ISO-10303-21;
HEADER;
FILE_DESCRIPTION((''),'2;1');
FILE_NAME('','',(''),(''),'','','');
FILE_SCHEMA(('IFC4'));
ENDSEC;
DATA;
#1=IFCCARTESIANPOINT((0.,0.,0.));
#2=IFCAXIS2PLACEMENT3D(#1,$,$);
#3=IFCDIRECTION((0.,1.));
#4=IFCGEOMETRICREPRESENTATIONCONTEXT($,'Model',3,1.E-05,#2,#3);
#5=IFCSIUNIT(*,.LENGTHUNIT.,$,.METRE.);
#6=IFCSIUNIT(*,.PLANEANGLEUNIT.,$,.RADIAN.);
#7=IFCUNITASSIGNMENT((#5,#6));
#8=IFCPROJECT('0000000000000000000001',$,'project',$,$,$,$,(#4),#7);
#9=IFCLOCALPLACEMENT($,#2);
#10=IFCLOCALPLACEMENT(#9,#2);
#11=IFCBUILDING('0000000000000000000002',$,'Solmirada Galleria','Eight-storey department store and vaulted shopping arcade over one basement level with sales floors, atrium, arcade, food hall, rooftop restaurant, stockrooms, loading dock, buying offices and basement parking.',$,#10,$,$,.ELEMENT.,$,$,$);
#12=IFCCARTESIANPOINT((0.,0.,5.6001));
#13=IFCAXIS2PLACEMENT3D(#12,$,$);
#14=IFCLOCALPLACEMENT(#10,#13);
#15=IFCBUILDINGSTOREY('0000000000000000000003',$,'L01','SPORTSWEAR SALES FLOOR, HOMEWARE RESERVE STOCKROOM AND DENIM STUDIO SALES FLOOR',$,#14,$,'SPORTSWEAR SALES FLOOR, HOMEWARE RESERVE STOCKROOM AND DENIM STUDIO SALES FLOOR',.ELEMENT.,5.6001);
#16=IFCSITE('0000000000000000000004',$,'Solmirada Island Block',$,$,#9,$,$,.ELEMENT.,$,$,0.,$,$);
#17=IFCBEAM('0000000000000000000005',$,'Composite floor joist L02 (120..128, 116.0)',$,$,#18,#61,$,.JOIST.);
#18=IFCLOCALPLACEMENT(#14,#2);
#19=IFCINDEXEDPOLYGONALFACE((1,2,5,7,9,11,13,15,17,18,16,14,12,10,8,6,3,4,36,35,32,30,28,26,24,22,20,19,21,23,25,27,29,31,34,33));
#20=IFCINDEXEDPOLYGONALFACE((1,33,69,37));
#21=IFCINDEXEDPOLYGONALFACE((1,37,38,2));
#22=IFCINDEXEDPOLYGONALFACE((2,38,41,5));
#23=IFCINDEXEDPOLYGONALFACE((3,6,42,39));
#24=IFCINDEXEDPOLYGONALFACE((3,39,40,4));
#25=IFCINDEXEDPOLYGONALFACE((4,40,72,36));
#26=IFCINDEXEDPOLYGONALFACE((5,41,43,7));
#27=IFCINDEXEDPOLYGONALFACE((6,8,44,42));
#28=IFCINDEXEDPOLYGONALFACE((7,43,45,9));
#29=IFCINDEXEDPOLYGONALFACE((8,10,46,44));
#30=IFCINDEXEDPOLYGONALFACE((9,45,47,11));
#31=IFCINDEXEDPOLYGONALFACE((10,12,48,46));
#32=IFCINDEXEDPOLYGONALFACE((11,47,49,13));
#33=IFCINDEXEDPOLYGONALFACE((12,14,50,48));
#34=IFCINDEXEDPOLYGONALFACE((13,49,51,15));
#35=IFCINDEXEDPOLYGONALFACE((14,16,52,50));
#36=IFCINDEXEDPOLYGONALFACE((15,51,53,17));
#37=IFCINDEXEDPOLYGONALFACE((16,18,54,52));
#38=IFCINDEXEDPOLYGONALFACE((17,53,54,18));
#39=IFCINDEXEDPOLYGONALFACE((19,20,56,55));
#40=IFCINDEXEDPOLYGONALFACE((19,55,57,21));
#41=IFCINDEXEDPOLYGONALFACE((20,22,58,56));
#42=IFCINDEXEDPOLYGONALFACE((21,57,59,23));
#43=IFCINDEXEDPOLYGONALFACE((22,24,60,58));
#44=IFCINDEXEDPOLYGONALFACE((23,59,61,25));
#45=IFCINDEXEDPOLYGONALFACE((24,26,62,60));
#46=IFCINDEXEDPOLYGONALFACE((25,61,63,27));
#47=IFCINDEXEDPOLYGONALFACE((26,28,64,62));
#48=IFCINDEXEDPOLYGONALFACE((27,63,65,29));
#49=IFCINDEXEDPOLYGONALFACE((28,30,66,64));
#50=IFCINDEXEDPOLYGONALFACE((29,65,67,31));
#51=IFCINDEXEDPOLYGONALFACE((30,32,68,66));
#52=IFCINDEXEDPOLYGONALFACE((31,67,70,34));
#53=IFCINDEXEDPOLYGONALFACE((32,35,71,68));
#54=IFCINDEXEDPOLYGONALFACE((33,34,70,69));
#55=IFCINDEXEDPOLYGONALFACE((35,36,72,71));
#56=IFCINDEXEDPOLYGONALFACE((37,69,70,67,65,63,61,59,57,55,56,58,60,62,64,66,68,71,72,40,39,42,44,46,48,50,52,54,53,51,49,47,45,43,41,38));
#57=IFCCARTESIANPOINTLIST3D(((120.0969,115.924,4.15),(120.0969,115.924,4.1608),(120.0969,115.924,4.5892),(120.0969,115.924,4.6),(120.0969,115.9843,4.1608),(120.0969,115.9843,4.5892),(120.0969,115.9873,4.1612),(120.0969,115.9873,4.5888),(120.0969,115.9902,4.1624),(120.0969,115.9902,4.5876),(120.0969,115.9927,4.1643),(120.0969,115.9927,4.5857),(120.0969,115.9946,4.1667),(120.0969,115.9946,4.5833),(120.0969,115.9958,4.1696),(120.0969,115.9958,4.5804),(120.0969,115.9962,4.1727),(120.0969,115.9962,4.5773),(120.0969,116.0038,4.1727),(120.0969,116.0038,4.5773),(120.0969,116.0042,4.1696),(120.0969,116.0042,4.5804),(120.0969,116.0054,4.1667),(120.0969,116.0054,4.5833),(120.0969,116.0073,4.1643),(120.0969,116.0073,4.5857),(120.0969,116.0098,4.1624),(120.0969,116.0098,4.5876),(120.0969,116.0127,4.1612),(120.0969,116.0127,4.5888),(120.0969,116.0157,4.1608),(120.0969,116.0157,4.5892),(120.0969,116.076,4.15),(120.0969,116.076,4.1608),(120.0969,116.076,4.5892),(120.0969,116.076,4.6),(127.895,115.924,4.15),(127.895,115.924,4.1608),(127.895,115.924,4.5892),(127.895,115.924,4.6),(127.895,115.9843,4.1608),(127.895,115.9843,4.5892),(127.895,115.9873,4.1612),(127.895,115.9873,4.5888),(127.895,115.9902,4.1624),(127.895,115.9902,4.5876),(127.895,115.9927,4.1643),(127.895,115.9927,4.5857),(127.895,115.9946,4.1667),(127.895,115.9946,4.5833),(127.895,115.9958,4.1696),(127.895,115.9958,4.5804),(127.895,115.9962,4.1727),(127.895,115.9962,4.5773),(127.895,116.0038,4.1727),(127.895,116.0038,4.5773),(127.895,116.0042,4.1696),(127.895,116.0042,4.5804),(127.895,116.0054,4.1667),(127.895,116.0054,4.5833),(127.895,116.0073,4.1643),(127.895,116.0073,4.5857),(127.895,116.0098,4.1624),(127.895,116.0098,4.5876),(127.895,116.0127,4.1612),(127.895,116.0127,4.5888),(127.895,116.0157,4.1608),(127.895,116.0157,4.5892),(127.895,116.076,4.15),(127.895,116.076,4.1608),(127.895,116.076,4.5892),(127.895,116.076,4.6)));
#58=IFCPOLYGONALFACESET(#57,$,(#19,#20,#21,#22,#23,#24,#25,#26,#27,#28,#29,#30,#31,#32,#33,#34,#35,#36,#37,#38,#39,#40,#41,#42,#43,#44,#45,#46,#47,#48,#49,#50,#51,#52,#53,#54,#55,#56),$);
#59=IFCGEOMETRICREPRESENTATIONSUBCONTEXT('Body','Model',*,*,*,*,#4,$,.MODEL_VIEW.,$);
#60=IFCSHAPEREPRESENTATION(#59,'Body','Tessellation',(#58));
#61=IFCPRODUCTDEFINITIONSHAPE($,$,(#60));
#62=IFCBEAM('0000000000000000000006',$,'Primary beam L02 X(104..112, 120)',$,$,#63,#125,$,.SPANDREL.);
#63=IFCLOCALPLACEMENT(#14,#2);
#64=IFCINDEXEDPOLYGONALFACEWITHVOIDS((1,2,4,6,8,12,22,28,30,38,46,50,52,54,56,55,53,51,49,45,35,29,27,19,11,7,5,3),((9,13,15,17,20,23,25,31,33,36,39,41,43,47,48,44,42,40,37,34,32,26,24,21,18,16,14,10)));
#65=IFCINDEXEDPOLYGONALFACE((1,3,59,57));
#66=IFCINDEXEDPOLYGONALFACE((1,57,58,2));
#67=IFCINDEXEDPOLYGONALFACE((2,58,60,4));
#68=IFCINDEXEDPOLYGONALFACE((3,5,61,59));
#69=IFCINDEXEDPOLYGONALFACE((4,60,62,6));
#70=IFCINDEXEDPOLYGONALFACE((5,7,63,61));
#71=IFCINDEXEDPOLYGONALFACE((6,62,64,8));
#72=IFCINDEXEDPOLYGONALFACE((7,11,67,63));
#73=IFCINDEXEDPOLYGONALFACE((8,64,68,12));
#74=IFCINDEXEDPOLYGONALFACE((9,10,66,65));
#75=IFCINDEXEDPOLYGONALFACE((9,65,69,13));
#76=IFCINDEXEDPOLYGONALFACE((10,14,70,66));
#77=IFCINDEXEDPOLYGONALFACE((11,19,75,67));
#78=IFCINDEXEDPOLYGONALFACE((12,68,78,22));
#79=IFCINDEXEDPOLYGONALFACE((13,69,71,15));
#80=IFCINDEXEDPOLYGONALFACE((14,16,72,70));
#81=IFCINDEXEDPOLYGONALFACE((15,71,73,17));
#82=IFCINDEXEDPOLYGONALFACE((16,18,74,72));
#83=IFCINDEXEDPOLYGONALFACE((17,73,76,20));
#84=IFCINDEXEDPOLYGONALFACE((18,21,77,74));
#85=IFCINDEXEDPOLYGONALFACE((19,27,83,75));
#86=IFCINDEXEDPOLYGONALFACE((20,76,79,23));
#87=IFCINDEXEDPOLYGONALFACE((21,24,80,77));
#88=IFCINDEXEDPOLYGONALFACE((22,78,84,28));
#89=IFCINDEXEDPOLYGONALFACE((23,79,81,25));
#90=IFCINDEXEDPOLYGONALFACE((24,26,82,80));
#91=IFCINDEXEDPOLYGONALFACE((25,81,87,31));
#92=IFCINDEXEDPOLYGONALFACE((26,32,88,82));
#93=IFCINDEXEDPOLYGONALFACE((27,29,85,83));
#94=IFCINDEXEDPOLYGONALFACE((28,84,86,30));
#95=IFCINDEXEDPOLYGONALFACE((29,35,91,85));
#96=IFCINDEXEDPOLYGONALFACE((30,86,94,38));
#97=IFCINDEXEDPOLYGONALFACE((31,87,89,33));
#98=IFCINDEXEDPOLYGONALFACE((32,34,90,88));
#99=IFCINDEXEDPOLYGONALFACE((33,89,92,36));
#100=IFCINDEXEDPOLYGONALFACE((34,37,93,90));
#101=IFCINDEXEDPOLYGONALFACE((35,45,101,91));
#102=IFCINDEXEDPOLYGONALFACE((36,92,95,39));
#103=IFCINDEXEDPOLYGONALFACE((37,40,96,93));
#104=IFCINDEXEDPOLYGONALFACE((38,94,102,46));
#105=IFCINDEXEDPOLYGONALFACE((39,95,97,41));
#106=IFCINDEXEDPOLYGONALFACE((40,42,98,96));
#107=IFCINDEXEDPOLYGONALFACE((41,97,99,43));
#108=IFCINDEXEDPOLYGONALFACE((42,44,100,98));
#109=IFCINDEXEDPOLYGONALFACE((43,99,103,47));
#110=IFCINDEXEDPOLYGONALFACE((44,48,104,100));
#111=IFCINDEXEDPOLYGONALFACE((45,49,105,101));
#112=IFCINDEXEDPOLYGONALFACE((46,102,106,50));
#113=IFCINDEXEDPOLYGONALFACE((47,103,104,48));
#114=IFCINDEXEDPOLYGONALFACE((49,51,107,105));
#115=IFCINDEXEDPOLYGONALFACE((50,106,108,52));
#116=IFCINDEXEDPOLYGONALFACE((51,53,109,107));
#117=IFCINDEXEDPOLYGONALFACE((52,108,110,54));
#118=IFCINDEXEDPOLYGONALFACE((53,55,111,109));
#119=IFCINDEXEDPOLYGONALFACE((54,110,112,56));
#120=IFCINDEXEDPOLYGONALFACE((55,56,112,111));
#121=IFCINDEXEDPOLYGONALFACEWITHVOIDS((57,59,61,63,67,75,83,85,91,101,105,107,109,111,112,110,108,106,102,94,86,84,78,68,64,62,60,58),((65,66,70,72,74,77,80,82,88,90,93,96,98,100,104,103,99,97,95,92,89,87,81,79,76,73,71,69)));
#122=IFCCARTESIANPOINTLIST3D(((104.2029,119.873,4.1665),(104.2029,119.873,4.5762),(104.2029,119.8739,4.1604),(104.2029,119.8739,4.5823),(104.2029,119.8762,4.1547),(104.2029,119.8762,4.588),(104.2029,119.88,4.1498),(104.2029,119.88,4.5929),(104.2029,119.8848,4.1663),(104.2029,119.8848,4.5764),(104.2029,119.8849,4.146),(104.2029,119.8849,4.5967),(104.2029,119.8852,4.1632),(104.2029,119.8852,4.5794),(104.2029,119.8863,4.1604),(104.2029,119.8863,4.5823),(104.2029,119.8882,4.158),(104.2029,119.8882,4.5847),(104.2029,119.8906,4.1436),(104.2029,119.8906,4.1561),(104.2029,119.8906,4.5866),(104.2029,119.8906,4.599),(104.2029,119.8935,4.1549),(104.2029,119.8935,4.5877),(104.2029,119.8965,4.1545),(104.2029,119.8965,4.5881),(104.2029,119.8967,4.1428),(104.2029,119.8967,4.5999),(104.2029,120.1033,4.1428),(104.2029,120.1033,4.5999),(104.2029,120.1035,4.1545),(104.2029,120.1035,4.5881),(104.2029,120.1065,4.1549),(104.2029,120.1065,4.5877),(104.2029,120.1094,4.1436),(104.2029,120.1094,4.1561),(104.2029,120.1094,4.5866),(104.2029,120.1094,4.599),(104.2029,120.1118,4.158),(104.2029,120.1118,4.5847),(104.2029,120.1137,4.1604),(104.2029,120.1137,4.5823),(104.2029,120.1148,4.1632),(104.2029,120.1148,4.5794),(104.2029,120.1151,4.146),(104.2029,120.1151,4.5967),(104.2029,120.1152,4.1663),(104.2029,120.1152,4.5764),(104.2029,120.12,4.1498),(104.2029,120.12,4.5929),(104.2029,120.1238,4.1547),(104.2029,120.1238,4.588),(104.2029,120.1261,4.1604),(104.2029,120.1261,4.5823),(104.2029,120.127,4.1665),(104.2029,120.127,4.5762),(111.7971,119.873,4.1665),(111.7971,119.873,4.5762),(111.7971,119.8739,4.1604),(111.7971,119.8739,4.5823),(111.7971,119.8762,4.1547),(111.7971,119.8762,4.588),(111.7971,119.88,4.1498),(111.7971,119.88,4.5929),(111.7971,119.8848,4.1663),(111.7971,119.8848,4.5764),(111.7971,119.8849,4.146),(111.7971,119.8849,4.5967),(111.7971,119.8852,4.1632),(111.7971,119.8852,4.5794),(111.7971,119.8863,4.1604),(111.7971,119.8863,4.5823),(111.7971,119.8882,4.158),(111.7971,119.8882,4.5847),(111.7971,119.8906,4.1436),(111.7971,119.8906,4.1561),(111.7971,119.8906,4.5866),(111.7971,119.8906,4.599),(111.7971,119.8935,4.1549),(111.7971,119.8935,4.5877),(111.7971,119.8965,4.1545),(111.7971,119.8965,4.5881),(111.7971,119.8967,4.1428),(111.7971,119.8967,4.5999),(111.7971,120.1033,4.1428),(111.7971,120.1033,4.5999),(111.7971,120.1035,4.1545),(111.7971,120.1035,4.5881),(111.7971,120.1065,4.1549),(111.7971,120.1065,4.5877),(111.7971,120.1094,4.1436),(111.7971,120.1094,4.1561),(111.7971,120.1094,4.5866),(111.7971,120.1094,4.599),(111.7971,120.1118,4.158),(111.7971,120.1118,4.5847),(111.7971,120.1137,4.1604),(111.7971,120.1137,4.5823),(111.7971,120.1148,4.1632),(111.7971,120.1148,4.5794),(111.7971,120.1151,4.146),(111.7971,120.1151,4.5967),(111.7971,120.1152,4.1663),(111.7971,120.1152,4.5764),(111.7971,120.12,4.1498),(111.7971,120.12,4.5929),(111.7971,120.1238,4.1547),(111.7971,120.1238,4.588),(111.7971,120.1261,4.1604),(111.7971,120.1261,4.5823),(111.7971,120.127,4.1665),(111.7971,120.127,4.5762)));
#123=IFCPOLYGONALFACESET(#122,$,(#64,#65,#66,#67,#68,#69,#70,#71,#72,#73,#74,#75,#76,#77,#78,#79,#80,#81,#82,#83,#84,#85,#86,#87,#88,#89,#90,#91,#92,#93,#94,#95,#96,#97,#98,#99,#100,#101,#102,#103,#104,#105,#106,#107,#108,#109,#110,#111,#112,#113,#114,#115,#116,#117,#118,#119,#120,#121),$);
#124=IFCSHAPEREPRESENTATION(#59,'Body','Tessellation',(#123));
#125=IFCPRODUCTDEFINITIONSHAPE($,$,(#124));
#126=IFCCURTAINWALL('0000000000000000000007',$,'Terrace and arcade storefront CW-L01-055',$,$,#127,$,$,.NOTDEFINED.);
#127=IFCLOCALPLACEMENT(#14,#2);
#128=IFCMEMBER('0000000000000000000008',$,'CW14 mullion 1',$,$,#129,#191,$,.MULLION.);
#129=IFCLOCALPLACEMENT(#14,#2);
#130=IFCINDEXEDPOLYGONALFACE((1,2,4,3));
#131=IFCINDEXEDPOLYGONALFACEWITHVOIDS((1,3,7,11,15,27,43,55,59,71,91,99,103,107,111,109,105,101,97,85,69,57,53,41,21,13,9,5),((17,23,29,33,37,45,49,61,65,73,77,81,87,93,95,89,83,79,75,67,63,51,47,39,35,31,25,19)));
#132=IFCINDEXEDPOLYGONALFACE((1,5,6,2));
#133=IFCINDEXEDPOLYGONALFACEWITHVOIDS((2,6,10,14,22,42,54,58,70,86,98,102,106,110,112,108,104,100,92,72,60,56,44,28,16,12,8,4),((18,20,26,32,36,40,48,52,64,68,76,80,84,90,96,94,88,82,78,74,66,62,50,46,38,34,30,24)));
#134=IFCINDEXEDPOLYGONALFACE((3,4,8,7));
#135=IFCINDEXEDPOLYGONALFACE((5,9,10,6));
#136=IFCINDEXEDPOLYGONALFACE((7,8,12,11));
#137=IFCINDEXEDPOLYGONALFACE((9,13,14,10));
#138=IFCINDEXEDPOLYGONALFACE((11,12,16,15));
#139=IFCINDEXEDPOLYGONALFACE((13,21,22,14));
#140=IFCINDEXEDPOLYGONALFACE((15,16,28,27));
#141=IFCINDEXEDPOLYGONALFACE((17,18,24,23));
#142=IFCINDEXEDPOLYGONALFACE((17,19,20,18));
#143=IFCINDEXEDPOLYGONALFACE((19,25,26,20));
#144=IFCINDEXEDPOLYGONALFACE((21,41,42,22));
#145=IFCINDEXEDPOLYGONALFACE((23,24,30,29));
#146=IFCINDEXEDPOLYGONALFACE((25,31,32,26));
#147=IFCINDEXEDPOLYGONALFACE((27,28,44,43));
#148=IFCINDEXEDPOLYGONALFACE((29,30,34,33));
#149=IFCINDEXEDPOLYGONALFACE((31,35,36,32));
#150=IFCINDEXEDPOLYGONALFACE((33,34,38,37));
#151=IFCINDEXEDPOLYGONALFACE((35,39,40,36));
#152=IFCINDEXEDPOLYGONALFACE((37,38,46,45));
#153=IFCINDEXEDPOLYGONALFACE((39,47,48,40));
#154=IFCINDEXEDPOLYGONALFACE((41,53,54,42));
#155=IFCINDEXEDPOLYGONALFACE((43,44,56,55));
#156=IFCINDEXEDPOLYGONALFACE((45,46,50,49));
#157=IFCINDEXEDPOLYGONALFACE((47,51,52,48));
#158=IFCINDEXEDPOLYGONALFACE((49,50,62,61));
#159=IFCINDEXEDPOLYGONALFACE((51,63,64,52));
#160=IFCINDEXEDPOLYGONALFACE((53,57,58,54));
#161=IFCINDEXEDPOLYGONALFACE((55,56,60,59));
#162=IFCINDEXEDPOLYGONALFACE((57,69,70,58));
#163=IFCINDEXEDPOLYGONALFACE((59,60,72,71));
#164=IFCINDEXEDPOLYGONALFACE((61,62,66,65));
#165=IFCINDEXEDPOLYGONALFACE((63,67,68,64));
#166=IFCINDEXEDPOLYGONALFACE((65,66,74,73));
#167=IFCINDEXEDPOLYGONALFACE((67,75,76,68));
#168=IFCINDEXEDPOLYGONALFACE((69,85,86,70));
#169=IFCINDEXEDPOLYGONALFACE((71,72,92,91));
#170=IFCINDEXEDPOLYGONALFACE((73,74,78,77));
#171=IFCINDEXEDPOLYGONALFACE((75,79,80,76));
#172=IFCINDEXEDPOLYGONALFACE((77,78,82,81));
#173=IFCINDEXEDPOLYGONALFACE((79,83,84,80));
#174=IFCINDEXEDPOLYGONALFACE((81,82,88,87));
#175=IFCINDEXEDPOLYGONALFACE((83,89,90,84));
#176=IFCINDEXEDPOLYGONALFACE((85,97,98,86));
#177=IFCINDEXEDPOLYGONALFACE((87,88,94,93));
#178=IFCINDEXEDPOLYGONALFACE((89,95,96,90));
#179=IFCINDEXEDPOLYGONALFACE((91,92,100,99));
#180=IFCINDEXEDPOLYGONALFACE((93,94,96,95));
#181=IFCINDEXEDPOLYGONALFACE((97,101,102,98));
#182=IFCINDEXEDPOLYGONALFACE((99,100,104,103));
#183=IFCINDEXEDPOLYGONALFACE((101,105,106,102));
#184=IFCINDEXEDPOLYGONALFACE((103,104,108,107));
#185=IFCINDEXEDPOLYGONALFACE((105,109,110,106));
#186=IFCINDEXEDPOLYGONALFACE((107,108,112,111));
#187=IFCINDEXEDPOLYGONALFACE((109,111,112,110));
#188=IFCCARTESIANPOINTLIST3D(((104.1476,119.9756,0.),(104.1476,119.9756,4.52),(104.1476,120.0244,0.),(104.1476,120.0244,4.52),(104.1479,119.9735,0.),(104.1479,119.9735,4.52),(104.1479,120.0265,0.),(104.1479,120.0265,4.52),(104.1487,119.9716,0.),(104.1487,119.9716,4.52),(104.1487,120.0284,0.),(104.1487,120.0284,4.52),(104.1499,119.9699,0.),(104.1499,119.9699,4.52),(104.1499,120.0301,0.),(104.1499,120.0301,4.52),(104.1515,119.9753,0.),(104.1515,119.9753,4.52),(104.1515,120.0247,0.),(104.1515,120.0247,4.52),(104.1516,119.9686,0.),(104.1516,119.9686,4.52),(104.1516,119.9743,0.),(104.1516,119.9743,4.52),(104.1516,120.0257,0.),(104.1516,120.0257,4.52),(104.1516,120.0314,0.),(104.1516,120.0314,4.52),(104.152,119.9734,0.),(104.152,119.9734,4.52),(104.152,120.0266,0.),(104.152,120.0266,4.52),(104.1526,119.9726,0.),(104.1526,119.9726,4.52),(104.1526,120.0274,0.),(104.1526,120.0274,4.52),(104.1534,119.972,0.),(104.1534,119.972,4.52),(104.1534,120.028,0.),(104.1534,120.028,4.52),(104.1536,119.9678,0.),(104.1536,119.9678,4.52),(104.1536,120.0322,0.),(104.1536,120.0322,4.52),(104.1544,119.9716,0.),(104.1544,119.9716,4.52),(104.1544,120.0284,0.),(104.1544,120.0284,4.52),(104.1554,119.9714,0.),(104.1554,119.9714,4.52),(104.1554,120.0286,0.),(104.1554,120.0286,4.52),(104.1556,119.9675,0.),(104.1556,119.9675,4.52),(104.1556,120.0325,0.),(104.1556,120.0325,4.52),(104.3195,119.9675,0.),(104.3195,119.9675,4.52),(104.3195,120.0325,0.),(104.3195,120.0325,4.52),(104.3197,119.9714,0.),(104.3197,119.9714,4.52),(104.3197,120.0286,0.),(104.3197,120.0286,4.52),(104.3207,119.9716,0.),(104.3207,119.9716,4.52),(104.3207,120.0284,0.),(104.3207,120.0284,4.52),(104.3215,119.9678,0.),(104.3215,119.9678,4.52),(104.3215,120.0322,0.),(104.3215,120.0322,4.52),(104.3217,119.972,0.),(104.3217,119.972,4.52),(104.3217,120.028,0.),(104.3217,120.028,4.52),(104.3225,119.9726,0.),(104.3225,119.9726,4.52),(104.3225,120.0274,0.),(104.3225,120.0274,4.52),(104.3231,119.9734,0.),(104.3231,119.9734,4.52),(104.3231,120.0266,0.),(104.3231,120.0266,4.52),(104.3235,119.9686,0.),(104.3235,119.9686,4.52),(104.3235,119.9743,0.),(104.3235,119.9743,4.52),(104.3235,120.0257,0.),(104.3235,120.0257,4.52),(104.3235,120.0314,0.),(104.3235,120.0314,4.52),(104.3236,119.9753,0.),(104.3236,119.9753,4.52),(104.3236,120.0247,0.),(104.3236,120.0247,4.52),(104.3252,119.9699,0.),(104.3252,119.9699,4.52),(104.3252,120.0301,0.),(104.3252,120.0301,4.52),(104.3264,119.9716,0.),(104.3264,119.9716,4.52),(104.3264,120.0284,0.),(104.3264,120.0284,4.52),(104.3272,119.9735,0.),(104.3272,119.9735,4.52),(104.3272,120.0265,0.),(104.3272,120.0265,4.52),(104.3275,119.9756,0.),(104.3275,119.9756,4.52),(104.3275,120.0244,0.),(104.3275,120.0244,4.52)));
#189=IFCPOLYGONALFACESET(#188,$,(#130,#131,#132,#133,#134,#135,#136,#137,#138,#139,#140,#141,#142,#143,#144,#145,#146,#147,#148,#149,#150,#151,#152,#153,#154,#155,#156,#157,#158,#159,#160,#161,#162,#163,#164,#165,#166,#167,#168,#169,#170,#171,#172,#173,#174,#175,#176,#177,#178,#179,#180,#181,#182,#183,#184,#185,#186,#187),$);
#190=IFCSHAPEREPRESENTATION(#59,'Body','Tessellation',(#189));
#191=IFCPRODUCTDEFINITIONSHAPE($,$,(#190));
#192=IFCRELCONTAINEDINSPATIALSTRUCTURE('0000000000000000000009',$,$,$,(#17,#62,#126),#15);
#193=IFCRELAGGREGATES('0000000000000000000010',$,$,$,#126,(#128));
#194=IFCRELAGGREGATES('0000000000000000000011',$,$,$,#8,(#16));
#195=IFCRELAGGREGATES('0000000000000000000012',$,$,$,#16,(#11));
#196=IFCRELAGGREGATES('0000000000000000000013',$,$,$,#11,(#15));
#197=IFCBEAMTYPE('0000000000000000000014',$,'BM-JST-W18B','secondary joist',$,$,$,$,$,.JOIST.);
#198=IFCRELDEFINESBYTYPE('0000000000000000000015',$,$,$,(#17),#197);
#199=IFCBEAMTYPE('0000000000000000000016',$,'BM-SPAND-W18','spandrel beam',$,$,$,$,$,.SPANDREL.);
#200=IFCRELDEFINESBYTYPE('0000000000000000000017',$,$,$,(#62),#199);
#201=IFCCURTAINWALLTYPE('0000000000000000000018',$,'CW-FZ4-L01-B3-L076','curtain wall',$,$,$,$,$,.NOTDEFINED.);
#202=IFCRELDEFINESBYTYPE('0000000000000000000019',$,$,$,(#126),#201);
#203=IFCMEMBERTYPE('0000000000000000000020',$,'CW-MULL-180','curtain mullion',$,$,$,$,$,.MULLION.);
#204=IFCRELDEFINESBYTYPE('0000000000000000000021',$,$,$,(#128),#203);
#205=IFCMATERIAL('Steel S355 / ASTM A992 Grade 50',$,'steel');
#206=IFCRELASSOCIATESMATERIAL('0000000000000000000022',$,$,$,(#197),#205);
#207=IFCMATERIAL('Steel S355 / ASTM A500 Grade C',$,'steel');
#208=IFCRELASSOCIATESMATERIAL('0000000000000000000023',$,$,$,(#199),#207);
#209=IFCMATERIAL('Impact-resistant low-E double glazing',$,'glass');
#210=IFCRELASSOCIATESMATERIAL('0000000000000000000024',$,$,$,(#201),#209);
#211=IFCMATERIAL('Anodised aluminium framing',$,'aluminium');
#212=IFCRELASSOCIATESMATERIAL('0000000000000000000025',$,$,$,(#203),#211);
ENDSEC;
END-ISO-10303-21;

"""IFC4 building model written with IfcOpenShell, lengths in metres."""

from ifc_helpers import new_model, si_unit, direction, frame, origin, origin_2d, place, context, subcontext, project, spatial, hollow_rectangle, i_section, extrude, material, material_profile, profile_set, type_object, element, aggregate, save


model = new_model("IFC4")

# Units and contexts
model_context = context("Model", 3, precision=1e-05, world=origin(), true_north=direction((0.0, 1.0)))
body_context = subcontext(model_context, "Body", "Model", "MODEL_VIEW")
ifc_project = project(units=[si_unit("LENGTHUNIT", "METRE"), si_unit("PLANEANGLEUNIT", "RADIAN")], contexts=[model_context])

# Site, building, storey
site_placement = place(None, origin())
site = spatial("IfcSite", under=ifc_project, at=site_placement, Name="Solmirada Island Block", CompositionType="ELEMENT", RefElevation=0.0)
building_placement = place(site_placement, origin())
building = spatial("IfcBuilding", under=site, at=building_placement, Name="Solmirada Galleria", Description="Eight-storey department store and vaulted shopping arcade over one basement level with sales floors, atrium, arcade, food hall, rooftop restaurant, stockrooms, loading dock, buying offices and basement parking.", CompositionType="ELEMENT")
storey_placement = place(building_placement, frame((0.0, 0.0, 5.6001)))
storey = spatial("IfcBuildingStorey", under=building, at=storey_placement, Name="L01", Description="SPORTSWEAR SALES FLOOR, HOMEWARE RESERVE STOCKROOM AND DENIM STUDIO SALES FLOOR", LongName="SPORTSWEAR SALES FLOOR, HOMEWARE RESERVE STOCKROOM AND DENIM STUDIO SALES FLOOR", CompositionType="ELEMENT", Elevation=5.6001)

# Shared definitions
ifc_material_1 = material(Name="Steel S355 / ASTM A500 Grade C", Category="steel")

# Beams
ifc_material_2 = material(Name="Steel S355 / ASTM A992 Grade 50", Category="steel")
ifc_material_profile_1 = material_profile(ifc_material_2, i_section(OverallWidth=0.1521, OverallDepth=0.45, WebThickness=0.0076, FlangeThickness=0.0107, FilletRadius=0.012, at=origin_2d()), Name="W18X35")
ifc_profile_set_1 = profile_set([ifc_material_profile_1], Name="Steel S355 / ASTM A992 Grade 50")
beam_type_1 = type_object("IfcBeamType", Name="BM-JST-W18B", Description="secondary joist", PredefinedType="JOIST", material=ifc_profile_set_1)
for number, where, z_axis, x_axis, name in (
    (1, (120.0969, 116.0, 4.375), (1.0, 0.0, 0.0), (0.0, 1.0, 0.0), "Composite floor joist L02 (120..128, 116.0)"),
):
    element("IfcBeam", number, at=place(storey_placement, frame(where, z_axis=z_axis, x_axis=x_axis)), inside=storey, type_object=beam_type_1, Name=name, PredefinedType="JOIST", context=body_context, shape_type="SweptSolid", body=[
        extrude(i_section(OverallWidth=0.1521, OverallDepth=0.45, WebThickness=0.0076, FlangeThickness=0.0107, FilletRadius=0.012, at=origin_2d()), origin(), (0.0, 0.0, 1.0), 7.7981),
    ])
ifc_material_profile_2 = material_profile(ifc_material_1, hollow_rectangle(XDim=0.2539, YDim=0.457, WallThickness=0.0117, InnerFilletRadius=0.0117, OuterFilletRadius=0.0237, at=origin_2d()), Name="HSS18X10X1/2")
ifc_profile_set_2 = profile_set([ifc_material_profile_2], Name="Steel S355 / ASTM A500 Grade C")
beam_type_2 = type_object("IfcBeamType", Name="BM-SPAND-W18", Description="spandrel beam", PredefinedType="SPANDREL", material=ifc_profile_set_2)
beam_1_placement = place(storey_placement, frame((104.2029, 120.0, 4.3713), z_axis=(1.0, 0.0, 0.0), x_axis=(0.0, 1.0, 0.0)))
element("IfcBeam", 2, at=beam_1_placement, inside=storey, type_object=beam_type_2, Name="Primary beam L02 X(104..112, 120)", PredefinedType="SPANDREL", context=body_context, shape_type="SweptSolid", body=[
    extrude(hollow_rectangle(XDim=0.2539, YDim=0.457, WallThickness=0.0117, InnerFilletRadius=0.0117, OuterFilletRadius=0.0237, at=origin_2d()), origin(), (0.0, 0.0, 1.0), 7.5942),
])

# Curtain wall, member
ifc_material_3 = material(Name="Impact-resistant low-E double glazing", Category="glass")
curtain_wall_type = type_object("IfcCurtainWallType", Name="CW-FZ4-L01-B3-L076", Description="curtain wall", PredefinedType="NOTDEFINED", material=ifc_material_3)
curtain_wall_placement = place(storey_placement, origin())
curtain_wall = element("IfcCurtainWall", 3, at=curtain_wall_placement, inside=storey, type_object=curtain_wall_type, Name="Terrace and arcade storefront CW-L01-055", PredefinedType="NOTDEFINED")
ifc_material_4 = material(Name="Anodised aluminium framing", Category="aluminium")
ifc_material_profile_3 = material_profile(ifc_material_4, hollow_rectangle(XDim=0.0649, YDim=0.1799, WallThickness=0.0039, InnerFilletRadius=0.0039, OuterFilletRadius=0.0081, at=origin_2d()), Name="ALU-MULL-180X65")
ifc_profile_set_3 = profile_set([ifc_material_profile_3], Name="Anodised aluminium framing")
member_type_1 = type_object("IfcMemberType", Name="CW-MULL-180", Description="curtain mullion", PredefinedType="MULLION", material=ifc_profile_set_3)
member_1_placement = place(storey_placement, frame((104.2375, 120.0, 0.0), z_axis=(0.0, 0.0, 1.0), x_axis=(0.0, 1.0, 0.0)))
member_1 = element("IfcMember", 4, at=member_1_placement, type_object=member_type_1, Name="CW14 mullion 1", PredefinedType="MULLION", context=body_context, shape_type="SweptSolid", body=[
    extrude(hollow_rectangle(XDim=0.0649, YDim=0.1799, WallThickness=0.0039, InnerFilletRadius=0.0039, OuterFilletRadius=0.0081, at=origin_2d()), origin(), (0.0, 0.0, 1.0), 4.52),
])
aggregate(curtain_wall, [member_1])

save(model, "model.ifc")
